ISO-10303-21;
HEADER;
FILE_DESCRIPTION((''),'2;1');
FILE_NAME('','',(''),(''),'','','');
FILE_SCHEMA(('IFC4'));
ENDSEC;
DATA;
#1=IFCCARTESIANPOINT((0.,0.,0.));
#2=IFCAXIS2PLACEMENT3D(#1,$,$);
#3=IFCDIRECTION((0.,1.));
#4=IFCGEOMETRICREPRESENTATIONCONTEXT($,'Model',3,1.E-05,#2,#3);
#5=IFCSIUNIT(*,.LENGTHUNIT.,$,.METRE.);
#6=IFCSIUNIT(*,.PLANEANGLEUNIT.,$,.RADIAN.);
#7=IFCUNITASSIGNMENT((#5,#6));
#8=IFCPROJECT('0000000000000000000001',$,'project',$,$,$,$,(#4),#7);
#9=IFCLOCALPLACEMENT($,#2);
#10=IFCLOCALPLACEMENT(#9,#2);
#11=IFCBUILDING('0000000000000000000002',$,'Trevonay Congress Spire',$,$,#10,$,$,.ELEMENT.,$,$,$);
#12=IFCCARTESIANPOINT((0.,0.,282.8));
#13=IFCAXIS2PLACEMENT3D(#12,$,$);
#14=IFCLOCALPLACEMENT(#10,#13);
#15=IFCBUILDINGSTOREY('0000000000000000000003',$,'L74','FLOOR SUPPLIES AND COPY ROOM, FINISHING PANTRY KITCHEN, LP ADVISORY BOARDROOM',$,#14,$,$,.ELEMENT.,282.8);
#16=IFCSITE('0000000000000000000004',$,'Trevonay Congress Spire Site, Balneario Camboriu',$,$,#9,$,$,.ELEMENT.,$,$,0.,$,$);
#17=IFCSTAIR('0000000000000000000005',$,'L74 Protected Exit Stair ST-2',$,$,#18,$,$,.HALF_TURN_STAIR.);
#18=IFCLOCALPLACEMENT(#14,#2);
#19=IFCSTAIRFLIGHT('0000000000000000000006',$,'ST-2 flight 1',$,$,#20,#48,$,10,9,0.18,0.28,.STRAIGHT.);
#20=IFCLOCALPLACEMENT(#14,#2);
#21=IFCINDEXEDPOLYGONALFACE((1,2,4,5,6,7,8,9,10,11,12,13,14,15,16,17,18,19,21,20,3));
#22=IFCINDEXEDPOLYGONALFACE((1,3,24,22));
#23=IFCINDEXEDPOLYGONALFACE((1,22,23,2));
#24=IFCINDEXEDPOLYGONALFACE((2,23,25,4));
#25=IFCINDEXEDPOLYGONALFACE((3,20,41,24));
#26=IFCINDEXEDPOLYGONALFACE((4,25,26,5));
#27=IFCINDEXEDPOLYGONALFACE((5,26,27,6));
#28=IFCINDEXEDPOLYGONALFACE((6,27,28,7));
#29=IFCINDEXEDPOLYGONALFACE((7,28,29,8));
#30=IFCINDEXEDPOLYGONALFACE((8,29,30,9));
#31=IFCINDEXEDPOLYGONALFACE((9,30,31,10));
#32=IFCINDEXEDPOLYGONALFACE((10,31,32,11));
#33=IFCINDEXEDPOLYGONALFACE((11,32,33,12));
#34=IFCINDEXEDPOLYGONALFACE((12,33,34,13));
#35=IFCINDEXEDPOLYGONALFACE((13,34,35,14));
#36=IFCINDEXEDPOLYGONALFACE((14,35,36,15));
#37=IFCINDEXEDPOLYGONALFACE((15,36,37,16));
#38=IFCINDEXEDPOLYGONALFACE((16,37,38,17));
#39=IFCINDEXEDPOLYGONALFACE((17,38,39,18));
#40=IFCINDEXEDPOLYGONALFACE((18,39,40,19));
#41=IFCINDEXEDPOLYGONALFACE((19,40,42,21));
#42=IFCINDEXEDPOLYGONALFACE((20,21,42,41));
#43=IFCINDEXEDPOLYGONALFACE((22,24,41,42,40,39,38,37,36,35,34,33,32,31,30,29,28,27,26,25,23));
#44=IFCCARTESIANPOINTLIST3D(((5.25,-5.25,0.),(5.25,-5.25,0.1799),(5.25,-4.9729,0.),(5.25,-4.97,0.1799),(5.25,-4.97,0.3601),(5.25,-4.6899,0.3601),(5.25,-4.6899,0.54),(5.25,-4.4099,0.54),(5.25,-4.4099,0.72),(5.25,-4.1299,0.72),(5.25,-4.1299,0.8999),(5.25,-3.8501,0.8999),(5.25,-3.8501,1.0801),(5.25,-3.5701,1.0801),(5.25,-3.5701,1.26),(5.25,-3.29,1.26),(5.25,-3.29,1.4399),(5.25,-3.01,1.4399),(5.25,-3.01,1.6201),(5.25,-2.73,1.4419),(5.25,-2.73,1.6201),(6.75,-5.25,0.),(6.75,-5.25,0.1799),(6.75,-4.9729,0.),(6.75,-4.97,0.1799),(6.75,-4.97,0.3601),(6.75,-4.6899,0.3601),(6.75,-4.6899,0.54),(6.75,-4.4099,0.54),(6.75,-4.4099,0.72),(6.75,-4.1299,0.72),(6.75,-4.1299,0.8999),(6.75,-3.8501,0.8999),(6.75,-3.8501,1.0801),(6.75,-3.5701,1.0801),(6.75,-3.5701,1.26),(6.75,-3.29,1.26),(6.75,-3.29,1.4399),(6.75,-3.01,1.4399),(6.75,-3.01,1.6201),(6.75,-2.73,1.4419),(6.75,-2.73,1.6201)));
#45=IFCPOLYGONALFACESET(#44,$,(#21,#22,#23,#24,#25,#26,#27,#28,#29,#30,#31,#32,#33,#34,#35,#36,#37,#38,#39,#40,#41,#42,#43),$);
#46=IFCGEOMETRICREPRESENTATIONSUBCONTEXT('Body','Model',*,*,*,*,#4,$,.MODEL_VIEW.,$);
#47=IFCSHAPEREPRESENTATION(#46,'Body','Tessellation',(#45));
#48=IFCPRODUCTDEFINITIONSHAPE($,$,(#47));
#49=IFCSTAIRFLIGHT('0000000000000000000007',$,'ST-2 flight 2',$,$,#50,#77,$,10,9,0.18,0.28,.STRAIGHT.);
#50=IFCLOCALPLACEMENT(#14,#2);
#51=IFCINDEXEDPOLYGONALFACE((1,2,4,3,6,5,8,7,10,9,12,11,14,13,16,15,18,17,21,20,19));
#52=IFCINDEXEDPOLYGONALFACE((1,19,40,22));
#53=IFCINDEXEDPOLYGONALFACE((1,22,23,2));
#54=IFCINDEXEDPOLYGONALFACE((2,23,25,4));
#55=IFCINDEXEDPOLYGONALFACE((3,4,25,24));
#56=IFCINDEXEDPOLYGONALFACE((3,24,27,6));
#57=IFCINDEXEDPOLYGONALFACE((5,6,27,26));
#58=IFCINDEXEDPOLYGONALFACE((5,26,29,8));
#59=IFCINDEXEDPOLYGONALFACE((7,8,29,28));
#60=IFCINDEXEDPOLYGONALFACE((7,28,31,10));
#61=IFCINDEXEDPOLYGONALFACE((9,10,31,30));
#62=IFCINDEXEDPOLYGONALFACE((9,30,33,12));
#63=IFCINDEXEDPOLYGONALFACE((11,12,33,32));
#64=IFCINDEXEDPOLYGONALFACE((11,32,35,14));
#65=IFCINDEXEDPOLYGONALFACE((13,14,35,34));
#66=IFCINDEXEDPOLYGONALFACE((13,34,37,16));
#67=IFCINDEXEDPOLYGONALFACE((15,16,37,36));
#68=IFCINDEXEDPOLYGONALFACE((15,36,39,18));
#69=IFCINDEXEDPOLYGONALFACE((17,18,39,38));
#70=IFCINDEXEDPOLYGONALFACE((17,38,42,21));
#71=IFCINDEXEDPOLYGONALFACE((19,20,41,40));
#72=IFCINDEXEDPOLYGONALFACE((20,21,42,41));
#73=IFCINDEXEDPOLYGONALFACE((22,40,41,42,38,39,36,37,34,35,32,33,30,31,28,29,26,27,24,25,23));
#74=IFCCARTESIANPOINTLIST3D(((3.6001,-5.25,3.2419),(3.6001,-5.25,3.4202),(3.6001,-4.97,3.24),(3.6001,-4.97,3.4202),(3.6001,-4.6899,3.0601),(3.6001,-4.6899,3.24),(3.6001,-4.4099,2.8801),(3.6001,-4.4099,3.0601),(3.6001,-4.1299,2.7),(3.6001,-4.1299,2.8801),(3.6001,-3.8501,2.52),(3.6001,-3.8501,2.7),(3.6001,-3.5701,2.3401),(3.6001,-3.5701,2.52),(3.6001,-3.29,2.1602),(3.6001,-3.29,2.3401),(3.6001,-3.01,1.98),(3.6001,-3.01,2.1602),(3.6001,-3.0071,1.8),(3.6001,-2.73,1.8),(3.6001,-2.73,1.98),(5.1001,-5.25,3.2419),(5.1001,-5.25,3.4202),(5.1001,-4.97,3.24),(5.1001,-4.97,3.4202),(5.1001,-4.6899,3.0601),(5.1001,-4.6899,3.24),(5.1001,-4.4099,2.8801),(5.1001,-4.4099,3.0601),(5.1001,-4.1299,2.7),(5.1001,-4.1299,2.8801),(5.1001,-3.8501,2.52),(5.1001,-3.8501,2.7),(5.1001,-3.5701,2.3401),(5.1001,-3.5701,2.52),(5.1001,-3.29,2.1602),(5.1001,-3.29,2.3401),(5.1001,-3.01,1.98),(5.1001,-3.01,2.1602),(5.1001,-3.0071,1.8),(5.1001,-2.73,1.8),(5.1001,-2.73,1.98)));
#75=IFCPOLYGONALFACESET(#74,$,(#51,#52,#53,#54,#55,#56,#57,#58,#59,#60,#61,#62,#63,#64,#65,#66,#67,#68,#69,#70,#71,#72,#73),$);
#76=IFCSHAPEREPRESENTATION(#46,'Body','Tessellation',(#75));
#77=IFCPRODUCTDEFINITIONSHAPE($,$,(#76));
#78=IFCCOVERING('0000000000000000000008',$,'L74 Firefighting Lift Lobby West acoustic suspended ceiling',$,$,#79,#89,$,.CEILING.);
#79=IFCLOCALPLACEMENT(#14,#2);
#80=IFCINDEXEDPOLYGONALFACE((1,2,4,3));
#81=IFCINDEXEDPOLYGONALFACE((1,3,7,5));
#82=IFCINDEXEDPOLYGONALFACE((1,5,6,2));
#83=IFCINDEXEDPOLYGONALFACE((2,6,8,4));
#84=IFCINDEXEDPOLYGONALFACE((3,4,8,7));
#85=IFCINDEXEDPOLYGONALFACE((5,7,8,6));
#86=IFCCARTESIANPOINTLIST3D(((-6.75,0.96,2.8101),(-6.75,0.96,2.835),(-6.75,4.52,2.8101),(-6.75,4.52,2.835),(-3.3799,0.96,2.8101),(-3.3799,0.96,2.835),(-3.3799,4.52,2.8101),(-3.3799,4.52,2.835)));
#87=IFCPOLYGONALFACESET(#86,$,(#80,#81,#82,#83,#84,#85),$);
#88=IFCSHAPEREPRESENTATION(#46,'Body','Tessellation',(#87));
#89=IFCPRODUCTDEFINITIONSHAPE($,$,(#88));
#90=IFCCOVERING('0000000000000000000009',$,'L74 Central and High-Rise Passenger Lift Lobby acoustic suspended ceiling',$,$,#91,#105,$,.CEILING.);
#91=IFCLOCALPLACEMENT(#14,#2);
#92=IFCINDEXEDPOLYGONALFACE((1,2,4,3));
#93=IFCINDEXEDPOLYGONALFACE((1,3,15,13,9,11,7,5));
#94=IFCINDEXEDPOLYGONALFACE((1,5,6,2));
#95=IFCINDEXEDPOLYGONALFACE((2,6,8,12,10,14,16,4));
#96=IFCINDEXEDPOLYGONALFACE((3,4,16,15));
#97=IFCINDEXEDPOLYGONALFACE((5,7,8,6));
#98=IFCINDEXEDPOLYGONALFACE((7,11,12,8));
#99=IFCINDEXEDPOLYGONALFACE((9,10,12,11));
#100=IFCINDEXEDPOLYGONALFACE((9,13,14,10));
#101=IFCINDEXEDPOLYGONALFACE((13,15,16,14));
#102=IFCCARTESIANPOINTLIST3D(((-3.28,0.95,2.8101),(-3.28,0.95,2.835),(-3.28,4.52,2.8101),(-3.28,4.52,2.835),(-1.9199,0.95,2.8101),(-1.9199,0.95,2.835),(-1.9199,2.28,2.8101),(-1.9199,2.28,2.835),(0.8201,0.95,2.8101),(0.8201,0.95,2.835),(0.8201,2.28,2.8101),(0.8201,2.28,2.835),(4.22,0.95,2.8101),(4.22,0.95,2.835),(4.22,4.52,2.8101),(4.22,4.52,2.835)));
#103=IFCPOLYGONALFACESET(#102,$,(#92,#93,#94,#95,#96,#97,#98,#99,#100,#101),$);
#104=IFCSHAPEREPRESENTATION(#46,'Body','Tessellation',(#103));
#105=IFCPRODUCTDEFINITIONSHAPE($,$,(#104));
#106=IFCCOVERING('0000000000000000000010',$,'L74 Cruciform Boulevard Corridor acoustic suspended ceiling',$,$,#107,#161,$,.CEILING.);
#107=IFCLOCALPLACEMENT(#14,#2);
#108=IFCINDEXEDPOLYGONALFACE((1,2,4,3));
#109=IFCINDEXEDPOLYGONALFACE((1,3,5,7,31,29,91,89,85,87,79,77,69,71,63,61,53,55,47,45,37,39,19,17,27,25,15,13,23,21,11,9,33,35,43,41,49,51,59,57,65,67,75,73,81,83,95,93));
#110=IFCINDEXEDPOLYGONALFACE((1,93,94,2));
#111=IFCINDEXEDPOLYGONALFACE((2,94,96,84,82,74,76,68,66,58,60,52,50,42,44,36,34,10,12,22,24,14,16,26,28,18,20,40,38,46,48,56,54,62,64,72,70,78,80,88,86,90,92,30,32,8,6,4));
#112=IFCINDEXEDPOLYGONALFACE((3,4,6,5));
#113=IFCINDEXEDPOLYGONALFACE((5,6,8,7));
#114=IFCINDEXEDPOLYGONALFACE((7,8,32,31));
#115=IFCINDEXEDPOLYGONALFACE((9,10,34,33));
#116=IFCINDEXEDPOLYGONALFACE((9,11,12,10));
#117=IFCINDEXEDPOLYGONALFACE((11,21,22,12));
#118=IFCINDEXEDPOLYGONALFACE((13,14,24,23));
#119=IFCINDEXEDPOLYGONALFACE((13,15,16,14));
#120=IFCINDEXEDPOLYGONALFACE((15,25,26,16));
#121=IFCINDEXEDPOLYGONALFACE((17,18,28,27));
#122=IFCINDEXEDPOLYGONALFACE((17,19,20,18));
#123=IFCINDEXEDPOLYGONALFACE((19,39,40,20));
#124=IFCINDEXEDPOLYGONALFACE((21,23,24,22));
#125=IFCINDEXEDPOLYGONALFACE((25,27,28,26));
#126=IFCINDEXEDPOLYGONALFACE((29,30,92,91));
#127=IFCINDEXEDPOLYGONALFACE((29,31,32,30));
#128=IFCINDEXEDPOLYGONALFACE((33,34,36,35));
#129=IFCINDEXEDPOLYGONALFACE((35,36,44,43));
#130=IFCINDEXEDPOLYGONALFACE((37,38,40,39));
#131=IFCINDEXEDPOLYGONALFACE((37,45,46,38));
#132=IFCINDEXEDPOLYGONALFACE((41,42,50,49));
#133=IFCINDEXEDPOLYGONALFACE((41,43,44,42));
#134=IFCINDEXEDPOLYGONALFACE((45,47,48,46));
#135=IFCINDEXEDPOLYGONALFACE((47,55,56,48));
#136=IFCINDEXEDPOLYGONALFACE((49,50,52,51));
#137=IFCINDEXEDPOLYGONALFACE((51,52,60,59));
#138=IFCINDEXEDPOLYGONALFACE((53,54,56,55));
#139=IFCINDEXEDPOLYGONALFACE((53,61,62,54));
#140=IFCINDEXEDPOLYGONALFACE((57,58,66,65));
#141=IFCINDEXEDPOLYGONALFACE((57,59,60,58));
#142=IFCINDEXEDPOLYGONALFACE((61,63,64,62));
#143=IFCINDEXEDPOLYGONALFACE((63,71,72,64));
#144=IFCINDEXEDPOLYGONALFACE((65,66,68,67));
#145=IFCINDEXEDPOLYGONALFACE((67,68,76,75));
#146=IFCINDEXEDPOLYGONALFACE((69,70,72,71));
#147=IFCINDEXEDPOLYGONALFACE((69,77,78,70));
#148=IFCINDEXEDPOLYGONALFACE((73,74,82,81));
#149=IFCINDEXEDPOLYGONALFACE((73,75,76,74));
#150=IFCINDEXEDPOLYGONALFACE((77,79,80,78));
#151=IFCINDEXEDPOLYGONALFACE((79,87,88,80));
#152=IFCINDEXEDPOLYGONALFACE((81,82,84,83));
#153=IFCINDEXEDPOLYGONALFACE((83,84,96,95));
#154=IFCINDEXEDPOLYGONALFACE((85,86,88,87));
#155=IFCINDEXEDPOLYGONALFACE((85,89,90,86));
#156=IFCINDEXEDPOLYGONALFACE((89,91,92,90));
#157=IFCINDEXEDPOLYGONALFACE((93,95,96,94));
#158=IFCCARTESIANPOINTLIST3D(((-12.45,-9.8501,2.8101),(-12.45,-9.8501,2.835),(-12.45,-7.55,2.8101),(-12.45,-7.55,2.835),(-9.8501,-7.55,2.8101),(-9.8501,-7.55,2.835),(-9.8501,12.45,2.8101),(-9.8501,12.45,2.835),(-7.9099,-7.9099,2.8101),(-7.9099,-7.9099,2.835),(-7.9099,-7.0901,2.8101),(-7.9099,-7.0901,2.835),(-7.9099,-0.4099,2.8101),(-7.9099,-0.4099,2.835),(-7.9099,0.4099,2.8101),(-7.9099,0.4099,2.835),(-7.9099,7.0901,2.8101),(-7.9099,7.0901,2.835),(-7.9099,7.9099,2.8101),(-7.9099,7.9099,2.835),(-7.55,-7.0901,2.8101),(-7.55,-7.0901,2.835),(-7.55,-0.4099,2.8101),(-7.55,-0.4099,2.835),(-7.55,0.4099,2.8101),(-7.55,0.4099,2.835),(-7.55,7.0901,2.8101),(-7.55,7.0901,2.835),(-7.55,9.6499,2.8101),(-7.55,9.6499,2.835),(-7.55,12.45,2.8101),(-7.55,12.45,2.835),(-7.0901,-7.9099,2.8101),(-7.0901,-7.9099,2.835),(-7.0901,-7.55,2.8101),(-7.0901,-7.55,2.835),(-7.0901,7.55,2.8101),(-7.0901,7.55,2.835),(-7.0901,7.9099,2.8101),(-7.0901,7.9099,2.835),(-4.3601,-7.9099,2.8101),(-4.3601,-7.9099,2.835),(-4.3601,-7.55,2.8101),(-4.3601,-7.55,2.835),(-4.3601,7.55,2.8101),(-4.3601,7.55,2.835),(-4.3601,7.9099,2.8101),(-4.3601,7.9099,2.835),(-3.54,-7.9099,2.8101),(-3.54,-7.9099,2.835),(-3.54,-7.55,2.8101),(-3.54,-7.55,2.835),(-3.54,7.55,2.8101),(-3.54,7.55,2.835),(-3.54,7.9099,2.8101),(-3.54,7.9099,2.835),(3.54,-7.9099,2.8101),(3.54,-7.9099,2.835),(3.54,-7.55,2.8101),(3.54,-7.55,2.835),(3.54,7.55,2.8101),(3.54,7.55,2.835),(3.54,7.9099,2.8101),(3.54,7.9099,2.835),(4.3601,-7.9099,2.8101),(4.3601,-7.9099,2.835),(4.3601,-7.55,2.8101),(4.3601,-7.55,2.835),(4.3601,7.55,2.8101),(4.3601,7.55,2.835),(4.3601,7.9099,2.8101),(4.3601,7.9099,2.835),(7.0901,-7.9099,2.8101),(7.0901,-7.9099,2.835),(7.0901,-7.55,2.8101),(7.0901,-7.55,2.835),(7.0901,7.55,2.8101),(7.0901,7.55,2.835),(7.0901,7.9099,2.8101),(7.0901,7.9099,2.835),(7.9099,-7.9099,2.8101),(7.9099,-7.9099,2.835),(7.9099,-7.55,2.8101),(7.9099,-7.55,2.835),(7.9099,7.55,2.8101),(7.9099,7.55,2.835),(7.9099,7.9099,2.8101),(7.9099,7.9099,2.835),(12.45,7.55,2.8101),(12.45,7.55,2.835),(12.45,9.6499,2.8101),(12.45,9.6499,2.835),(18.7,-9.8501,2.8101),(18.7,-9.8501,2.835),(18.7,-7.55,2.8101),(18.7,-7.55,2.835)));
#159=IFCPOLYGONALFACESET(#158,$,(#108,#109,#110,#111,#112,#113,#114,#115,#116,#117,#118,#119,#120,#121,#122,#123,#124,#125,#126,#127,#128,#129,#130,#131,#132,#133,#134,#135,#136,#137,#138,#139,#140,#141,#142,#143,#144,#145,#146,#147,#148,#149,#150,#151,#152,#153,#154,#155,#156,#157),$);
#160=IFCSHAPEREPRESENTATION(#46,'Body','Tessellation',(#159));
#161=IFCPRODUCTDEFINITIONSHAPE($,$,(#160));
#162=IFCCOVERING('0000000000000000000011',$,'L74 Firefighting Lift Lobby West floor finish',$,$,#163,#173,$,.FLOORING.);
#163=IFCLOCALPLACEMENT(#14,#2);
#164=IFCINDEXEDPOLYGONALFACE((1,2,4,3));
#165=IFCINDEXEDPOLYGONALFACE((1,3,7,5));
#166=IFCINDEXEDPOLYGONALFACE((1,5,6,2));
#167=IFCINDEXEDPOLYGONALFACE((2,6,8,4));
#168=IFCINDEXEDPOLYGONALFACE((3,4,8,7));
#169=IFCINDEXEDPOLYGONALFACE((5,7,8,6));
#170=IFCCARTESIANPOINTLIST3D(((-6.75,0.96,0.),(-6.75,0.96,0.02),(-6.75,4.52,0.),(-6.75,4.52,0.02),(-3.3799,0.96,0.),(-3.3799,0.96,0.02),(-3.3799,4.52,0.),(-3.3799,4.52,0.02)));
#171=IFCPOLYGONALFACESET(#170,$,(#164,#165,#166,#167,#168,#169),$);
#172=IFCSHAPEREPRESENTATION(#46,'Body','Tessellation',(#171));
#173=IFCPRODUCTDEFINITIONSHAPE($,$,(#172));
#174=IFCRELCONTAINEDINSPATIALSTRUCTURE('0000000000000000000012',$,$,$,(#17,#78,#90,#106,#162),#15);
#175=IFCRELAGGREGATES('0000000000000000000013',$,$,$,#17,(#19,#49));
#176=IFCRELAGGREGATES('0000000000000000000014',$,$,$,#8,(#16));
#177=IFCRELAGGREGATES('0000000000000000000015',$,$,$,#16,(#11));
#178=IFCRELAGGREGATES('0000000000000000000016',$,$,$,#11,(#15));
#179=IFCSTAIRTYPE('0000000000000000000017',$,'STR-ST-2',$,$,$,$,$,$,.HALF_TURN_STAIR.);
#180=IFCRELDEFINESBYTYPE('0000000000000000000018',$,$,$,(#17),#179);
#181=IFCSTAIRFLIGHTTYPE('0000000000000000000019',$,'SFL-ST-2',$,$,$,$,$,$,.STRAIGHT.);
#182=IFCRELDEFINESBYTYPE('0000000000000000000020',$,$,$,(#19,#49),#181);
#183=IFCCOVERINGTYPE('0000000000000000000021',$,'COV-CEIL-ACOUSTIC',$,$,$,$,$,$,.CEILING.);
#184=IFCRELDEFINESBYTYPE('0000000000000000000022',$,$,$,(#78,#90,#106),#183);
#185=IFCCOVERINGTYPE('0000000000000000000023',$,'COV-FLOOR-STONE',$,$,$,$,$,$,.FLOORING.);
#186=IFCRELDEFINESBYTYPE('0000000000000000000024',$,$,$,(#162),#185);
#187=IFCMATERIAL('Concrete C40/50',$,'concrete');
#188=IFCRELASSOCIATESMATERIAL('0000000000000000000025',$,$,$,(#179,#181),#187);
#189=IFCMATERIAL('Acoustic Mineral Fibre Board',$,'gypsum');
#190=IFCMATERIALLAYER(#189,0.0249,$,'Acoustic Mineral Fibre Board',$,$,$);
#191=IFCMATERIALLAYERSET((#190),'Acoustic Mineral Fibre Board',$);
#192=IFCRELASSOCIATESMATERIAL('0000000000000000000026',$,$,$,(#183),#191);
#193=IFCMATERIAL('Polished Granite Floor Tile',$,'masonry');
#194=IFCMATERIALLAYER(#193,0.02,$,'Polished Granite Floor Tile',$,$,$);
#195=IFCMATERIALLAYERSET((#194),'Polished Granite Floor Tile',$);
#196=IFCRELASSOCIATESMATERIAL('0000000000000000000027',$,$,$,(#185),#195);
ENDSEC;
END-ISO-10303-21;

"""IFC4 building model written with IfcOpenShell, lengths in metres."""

from ifc_helpers import new_model, si_unit, direction, frame, origin, place, context, subcontext, project, spatial, polyline, outline, extrude, material, layer, layer_set, type_object, element, aggregate, save


model = new_model("IFC4")

# Units and contexts
model_context = context("Model", 3, precision=1e-05, world=origin(), true_north=direction((0.0, 1.0)))
body_context = subcontext(model_context, "Body", "Model", "MODEL_VIEW")
ifc_project = project(units=[si_unit("LENGTHUNIT", "METRE"), si_unit("PLANEANGLEUNIT", "RADIAN")], contexts=[model_context])

# Site, building, storey
site_placement = place(None, origin())
site = spatial("IfcSite", under=ifc_project, at=site_placement, Name="Trevonay Congress Spire Site, Balneario Camboriu", CompositionType="ELEMENT", RefElevation=0.0)
building_placement = place(site_placement, origin())
building = spatial("IfcBuilding", under=site, at=building_placement, Name="Trevonay Congress Spire", CompositionType="ELEMENT")
storey_placement = place(building_placement, frame((0.0, 0.0, 282.8)))
storey = spatial("IfcBuildingStorey", under=building, at=storey_placement, Name="L74", Description="FLOOR SUPPLIES AND COPY ROOM, FINISHING PANTRY KITCHEN, LP ADVISORY BOARDROOM", CompositionType="ELEMENT", Elevation=282.8)

# Stair
ifc_material_1 = material(Name="Concrete C40/50", Category="concrete")
stair_type_1 = type_object("IfcStairType", Name="STR-ST-2", PredefinedType="HALF_TURN_STAIR", material=ifc_material_1)
stair_1_placement = place(storey_placement, origin())
stair_1 = element("IfcStair", 1, at=stair_1_placement, inside=storey, type_object=stair_type_1, Name="L74 Protected Exit Stair ST-2", PredefinedType="HALF_TURN_STAIR")

# Stair flights
stair_flight_type = type_object("IfcStairFlightType", Name="SFL-ST-2", PredefinedType="STRAIGHT", material=ifc_material_1)
stair_flight_1_placement = place(storey_placement, frame((6.0, -5.25, 0.0), z_axis=(0.0, 0.0, 1.0), x_axis=(0.0, 1.0, 0.0)))
stair_flight_1 = element("IfcStairFlight", 2, at=stair_flight_1_placement, type_object=stair_flight_type, Name="ST-2 flight 1", NumberOfRisers=10, NumberOfTreads=9, PredefinedType="STRAIGHT", RiserHeight=0.18, TreadLength=0.28, context=body_context, shape_type="SweptSolid", body=[
    extrude(outline(polyline([(0.0, 0.0), (0.0, 0.1799), (0.28, 0.1799), (0.28, 0.3601), (0.5601, 0.3601), (0.5601, 0.54), (0.8401, 0.54), (0.8401, 0.72), (1.1201, 0.72), (1.1201, 0.8999), (1.3999, 0.8999), (1.3999, 1.0801), (1.6799, 1.0801), (1.6799, 1.26), (1.96, 1.26), (1.96, 1.4399), (2.24, 1.4399), (2.24, 1.6201), (2.52, 1.6201), (2.52, 1.8), (2.52, 1.4419), (0.2771, 0.0), (0.0, 0.0)])), frame((0.0, 0.75, 0.0), z_axis=(0.0, -1.0, 0.0), x_axis=(1.0, 0.0, 0.0)), (0.0, 0.0, 1.0), 1.5),
])
stair_flight_2_placement = place(storey_placement, frame((4.3501, -2.73, 1.8), z_axis=(0.0, 0.0, 1.0), x_axis=(0.0, -1.0, 0.0)))
stair_flight_2 = element("IfcStairFlight", 3, at=stair_flight_2_placement, type_object=stair_flight_type, Name="ST-2 flight 2", NumberOfRisers=10, NumberOfTreads=9, PredefinedType="STRAIGHT", RiserHeight=0.18, TreadLength=0.28, context=body_context, shape_type="SweptSolid", body=[
    extrude(outline(polyline([(0.0, 0.0), (0.0, 0.1799), (0.28, 0.1799), (0.28, 0.3601), (0.5601, 0.3601), (0.5601, 0.54), (0.8401, 0.54), (0.8401, 0.72), (1.1201, 0.72), (1.1201, 0.8999), (1.3999, 0.8999), (1.3999, 1.0801), (1.6799, 1.0801), (1.6799, 1.26), (1.96, 1.26), (1.96, 1.4399), (2.24, 1.4399), (2.24, 1.6201), (2.52, 1.6201), (2.52, 1.8), (2.52, 1.4419), (0.2771, 0.0), (0.0, 0.0)])), frame((0.0, 0.75, 0.0), z_axis=(0.0, -1.0, 0.0), x_axis=(1.0, 0.0, 0.0)), (0.0, 0.0, 1.0), 1.5),
])
aggregate(stair_1, [stair_flight_1, stair_flight_2])

# Coverings
ifc_material_2 = material(Name="Acoustic Mineral Fibre Board", Category="gypsum")
ifc_layer_1 = layer(ifc_material_2, 0.0249, Name="Acoustic Mineral Fibre Board")
ifc_layer_set_1 = layer_set([ifc_layer_1], Name="Acoustic Mineral Fibre Board")
covering_type_1 = type_object("IfcCoveringType", Name="COV-CEIL-ACOUSTIC", PredefinedType="CEILING", material=ifc_layer_set_1)
covering_1_placement = place(storey_placement, frame((0.0, 0.0, 2.8101)))
element("IfcCovering", 4, at=covering_1_placement, inside=storey, type_object=covering_type_1, Name="L74 Firefighting Lift Lobby West acoustic suspended ceiling", PredefinedType="CEILING", context=body_context, shape_type="SweptSolid", body=[
    extrude(outline(polyline([(-6.75, 0.96), (-3.3799, 0.96), (-3.3799, 4.52), (-6.75, 4.52), (-6.75, 0.96)])), origin(), (0.0, 0.0, 1.0), 0.0249),
])
covering_2_placement = place(storey_placement, frame((0.0, 0.0, 2.8101)))
element("IfcCovering", 5, at=covering_2_placement, inside=storey, type_object=covering_type_1, Name="L74 Central and High-Rise Passenger Lift Lobby acoustic suspended ceiling", PredefinedType="CEILING", context=body_context, shape_type="SweptSolid", body=[
    extrude(outline(polyline([(-3.28, 0.95), (-1.9199, 0.95), (-1.9199, 2.28), (0.8201, 2.28), (0.8201, 0.95), (4.22, 0.95), (4.22, 4.52), (-3.28, 4.52), (-3.28, 0.95)])), origin(), (0.0, 0.0, 1.0), 0.0249),
])
covering_3_placement = place(storey_placement, frame((0.0, 0.0, 2.8101)))
element("IfcCovering", 6, at=covering_3_placement, inside=storey, type_object=covering_type_1, Name="L74 Cruciform Boulevard Corridor acoustic suspended ceiling", PredefinedType="CEILING", context=body_context, shape_type="SweptSolid", body=[
    extrude(outline(polyline([(18.7, -7.55), (18.7, -9.8501), (-12.45, -9.8501), (-12.45, -7.55), (-9.8501, -7.55), (-9.8501, 12.45), (-7.55, 12.45), (-7.55, 9.6499), (12.45, 9.6499), (12.45, 7.55), (7.9099, 7.55), (7.9099, 7.9099), (7.0901, 7.9099), (7.0901, 7.55), (4.3601, 7.55), (4.3601, 7.9099), (3.54, 7.9099), (3.54, 7.55), (-3.54, 7.55), (-3.54, 7.9099), (-4.3601, 7.9099), (-4.3601, 7.55), (-7.0901, 7.55), (-7.0901, 7.9099), (-7.9099, 7.9099), (-7.9099, 7.0901), (-7.55, 7.0901), (-7.55, 0.4099), (-7.9099, 0.4099), (-7.9099, -0.4099), (-7.55, -0.4099), (-7.55, -7.0901), (-7.9099, -7.0901), (-7.9099, -7.9099), (-7.0901, -7.9099), (-7.0901, -7.55), (-4.3601, -7.55), (-4.3601, -7.9099), (-3.54, -7.9099), (-3.54, -7.55), (3.54, -7.55), (3.54, -7.9099), (4.3601, -7.9099), (4.3601, -7.55), (7.0901, -7.55), (7.0901, -7.9099), (7.9099, -7.9099), (7.9099, -7.55), (18.7, -7.55)])), origin(), (0.0, 0.0, 1.0), 0.0249),
])
ifc_material_3 = material(Name="Polished Granite Floor Tile", Category="masonry")
ifc_layer_2 = layer(ifc_material_3, 0.02, Name="Polished Granite Floor Tile")
ifc_layer_set_2 = layer_set([ifc_layer_2], Name="Polished Granite Floor Tile")
covering_type_2 = type_object("IfcCoveringType", Name="COV-FLOOR-STONE", PredefinedType="FLOORING", material=ifc_layer_set_2)
covering_4_placement = place(storey_placement, origin())
element("IfcCovering", 7, at=covering_4_placement, inside=storey, type_object=covering_type_2, Name="L74 Firefighting Lift Lobby West floor finish", PredefinedType="FLOORING", context=body_context, shape_type="SweptSolid", body=[
    extrude(outline(polyline([(-6.75, 0.96), (-3.3799, 0.96), (-3.3799, 4.52), (-6.75, 4.52), (-6.75, 0.96)])), origin(), (0.0, 0.0, 1.0), 0.02),
])

save(model, "model.ifc")
